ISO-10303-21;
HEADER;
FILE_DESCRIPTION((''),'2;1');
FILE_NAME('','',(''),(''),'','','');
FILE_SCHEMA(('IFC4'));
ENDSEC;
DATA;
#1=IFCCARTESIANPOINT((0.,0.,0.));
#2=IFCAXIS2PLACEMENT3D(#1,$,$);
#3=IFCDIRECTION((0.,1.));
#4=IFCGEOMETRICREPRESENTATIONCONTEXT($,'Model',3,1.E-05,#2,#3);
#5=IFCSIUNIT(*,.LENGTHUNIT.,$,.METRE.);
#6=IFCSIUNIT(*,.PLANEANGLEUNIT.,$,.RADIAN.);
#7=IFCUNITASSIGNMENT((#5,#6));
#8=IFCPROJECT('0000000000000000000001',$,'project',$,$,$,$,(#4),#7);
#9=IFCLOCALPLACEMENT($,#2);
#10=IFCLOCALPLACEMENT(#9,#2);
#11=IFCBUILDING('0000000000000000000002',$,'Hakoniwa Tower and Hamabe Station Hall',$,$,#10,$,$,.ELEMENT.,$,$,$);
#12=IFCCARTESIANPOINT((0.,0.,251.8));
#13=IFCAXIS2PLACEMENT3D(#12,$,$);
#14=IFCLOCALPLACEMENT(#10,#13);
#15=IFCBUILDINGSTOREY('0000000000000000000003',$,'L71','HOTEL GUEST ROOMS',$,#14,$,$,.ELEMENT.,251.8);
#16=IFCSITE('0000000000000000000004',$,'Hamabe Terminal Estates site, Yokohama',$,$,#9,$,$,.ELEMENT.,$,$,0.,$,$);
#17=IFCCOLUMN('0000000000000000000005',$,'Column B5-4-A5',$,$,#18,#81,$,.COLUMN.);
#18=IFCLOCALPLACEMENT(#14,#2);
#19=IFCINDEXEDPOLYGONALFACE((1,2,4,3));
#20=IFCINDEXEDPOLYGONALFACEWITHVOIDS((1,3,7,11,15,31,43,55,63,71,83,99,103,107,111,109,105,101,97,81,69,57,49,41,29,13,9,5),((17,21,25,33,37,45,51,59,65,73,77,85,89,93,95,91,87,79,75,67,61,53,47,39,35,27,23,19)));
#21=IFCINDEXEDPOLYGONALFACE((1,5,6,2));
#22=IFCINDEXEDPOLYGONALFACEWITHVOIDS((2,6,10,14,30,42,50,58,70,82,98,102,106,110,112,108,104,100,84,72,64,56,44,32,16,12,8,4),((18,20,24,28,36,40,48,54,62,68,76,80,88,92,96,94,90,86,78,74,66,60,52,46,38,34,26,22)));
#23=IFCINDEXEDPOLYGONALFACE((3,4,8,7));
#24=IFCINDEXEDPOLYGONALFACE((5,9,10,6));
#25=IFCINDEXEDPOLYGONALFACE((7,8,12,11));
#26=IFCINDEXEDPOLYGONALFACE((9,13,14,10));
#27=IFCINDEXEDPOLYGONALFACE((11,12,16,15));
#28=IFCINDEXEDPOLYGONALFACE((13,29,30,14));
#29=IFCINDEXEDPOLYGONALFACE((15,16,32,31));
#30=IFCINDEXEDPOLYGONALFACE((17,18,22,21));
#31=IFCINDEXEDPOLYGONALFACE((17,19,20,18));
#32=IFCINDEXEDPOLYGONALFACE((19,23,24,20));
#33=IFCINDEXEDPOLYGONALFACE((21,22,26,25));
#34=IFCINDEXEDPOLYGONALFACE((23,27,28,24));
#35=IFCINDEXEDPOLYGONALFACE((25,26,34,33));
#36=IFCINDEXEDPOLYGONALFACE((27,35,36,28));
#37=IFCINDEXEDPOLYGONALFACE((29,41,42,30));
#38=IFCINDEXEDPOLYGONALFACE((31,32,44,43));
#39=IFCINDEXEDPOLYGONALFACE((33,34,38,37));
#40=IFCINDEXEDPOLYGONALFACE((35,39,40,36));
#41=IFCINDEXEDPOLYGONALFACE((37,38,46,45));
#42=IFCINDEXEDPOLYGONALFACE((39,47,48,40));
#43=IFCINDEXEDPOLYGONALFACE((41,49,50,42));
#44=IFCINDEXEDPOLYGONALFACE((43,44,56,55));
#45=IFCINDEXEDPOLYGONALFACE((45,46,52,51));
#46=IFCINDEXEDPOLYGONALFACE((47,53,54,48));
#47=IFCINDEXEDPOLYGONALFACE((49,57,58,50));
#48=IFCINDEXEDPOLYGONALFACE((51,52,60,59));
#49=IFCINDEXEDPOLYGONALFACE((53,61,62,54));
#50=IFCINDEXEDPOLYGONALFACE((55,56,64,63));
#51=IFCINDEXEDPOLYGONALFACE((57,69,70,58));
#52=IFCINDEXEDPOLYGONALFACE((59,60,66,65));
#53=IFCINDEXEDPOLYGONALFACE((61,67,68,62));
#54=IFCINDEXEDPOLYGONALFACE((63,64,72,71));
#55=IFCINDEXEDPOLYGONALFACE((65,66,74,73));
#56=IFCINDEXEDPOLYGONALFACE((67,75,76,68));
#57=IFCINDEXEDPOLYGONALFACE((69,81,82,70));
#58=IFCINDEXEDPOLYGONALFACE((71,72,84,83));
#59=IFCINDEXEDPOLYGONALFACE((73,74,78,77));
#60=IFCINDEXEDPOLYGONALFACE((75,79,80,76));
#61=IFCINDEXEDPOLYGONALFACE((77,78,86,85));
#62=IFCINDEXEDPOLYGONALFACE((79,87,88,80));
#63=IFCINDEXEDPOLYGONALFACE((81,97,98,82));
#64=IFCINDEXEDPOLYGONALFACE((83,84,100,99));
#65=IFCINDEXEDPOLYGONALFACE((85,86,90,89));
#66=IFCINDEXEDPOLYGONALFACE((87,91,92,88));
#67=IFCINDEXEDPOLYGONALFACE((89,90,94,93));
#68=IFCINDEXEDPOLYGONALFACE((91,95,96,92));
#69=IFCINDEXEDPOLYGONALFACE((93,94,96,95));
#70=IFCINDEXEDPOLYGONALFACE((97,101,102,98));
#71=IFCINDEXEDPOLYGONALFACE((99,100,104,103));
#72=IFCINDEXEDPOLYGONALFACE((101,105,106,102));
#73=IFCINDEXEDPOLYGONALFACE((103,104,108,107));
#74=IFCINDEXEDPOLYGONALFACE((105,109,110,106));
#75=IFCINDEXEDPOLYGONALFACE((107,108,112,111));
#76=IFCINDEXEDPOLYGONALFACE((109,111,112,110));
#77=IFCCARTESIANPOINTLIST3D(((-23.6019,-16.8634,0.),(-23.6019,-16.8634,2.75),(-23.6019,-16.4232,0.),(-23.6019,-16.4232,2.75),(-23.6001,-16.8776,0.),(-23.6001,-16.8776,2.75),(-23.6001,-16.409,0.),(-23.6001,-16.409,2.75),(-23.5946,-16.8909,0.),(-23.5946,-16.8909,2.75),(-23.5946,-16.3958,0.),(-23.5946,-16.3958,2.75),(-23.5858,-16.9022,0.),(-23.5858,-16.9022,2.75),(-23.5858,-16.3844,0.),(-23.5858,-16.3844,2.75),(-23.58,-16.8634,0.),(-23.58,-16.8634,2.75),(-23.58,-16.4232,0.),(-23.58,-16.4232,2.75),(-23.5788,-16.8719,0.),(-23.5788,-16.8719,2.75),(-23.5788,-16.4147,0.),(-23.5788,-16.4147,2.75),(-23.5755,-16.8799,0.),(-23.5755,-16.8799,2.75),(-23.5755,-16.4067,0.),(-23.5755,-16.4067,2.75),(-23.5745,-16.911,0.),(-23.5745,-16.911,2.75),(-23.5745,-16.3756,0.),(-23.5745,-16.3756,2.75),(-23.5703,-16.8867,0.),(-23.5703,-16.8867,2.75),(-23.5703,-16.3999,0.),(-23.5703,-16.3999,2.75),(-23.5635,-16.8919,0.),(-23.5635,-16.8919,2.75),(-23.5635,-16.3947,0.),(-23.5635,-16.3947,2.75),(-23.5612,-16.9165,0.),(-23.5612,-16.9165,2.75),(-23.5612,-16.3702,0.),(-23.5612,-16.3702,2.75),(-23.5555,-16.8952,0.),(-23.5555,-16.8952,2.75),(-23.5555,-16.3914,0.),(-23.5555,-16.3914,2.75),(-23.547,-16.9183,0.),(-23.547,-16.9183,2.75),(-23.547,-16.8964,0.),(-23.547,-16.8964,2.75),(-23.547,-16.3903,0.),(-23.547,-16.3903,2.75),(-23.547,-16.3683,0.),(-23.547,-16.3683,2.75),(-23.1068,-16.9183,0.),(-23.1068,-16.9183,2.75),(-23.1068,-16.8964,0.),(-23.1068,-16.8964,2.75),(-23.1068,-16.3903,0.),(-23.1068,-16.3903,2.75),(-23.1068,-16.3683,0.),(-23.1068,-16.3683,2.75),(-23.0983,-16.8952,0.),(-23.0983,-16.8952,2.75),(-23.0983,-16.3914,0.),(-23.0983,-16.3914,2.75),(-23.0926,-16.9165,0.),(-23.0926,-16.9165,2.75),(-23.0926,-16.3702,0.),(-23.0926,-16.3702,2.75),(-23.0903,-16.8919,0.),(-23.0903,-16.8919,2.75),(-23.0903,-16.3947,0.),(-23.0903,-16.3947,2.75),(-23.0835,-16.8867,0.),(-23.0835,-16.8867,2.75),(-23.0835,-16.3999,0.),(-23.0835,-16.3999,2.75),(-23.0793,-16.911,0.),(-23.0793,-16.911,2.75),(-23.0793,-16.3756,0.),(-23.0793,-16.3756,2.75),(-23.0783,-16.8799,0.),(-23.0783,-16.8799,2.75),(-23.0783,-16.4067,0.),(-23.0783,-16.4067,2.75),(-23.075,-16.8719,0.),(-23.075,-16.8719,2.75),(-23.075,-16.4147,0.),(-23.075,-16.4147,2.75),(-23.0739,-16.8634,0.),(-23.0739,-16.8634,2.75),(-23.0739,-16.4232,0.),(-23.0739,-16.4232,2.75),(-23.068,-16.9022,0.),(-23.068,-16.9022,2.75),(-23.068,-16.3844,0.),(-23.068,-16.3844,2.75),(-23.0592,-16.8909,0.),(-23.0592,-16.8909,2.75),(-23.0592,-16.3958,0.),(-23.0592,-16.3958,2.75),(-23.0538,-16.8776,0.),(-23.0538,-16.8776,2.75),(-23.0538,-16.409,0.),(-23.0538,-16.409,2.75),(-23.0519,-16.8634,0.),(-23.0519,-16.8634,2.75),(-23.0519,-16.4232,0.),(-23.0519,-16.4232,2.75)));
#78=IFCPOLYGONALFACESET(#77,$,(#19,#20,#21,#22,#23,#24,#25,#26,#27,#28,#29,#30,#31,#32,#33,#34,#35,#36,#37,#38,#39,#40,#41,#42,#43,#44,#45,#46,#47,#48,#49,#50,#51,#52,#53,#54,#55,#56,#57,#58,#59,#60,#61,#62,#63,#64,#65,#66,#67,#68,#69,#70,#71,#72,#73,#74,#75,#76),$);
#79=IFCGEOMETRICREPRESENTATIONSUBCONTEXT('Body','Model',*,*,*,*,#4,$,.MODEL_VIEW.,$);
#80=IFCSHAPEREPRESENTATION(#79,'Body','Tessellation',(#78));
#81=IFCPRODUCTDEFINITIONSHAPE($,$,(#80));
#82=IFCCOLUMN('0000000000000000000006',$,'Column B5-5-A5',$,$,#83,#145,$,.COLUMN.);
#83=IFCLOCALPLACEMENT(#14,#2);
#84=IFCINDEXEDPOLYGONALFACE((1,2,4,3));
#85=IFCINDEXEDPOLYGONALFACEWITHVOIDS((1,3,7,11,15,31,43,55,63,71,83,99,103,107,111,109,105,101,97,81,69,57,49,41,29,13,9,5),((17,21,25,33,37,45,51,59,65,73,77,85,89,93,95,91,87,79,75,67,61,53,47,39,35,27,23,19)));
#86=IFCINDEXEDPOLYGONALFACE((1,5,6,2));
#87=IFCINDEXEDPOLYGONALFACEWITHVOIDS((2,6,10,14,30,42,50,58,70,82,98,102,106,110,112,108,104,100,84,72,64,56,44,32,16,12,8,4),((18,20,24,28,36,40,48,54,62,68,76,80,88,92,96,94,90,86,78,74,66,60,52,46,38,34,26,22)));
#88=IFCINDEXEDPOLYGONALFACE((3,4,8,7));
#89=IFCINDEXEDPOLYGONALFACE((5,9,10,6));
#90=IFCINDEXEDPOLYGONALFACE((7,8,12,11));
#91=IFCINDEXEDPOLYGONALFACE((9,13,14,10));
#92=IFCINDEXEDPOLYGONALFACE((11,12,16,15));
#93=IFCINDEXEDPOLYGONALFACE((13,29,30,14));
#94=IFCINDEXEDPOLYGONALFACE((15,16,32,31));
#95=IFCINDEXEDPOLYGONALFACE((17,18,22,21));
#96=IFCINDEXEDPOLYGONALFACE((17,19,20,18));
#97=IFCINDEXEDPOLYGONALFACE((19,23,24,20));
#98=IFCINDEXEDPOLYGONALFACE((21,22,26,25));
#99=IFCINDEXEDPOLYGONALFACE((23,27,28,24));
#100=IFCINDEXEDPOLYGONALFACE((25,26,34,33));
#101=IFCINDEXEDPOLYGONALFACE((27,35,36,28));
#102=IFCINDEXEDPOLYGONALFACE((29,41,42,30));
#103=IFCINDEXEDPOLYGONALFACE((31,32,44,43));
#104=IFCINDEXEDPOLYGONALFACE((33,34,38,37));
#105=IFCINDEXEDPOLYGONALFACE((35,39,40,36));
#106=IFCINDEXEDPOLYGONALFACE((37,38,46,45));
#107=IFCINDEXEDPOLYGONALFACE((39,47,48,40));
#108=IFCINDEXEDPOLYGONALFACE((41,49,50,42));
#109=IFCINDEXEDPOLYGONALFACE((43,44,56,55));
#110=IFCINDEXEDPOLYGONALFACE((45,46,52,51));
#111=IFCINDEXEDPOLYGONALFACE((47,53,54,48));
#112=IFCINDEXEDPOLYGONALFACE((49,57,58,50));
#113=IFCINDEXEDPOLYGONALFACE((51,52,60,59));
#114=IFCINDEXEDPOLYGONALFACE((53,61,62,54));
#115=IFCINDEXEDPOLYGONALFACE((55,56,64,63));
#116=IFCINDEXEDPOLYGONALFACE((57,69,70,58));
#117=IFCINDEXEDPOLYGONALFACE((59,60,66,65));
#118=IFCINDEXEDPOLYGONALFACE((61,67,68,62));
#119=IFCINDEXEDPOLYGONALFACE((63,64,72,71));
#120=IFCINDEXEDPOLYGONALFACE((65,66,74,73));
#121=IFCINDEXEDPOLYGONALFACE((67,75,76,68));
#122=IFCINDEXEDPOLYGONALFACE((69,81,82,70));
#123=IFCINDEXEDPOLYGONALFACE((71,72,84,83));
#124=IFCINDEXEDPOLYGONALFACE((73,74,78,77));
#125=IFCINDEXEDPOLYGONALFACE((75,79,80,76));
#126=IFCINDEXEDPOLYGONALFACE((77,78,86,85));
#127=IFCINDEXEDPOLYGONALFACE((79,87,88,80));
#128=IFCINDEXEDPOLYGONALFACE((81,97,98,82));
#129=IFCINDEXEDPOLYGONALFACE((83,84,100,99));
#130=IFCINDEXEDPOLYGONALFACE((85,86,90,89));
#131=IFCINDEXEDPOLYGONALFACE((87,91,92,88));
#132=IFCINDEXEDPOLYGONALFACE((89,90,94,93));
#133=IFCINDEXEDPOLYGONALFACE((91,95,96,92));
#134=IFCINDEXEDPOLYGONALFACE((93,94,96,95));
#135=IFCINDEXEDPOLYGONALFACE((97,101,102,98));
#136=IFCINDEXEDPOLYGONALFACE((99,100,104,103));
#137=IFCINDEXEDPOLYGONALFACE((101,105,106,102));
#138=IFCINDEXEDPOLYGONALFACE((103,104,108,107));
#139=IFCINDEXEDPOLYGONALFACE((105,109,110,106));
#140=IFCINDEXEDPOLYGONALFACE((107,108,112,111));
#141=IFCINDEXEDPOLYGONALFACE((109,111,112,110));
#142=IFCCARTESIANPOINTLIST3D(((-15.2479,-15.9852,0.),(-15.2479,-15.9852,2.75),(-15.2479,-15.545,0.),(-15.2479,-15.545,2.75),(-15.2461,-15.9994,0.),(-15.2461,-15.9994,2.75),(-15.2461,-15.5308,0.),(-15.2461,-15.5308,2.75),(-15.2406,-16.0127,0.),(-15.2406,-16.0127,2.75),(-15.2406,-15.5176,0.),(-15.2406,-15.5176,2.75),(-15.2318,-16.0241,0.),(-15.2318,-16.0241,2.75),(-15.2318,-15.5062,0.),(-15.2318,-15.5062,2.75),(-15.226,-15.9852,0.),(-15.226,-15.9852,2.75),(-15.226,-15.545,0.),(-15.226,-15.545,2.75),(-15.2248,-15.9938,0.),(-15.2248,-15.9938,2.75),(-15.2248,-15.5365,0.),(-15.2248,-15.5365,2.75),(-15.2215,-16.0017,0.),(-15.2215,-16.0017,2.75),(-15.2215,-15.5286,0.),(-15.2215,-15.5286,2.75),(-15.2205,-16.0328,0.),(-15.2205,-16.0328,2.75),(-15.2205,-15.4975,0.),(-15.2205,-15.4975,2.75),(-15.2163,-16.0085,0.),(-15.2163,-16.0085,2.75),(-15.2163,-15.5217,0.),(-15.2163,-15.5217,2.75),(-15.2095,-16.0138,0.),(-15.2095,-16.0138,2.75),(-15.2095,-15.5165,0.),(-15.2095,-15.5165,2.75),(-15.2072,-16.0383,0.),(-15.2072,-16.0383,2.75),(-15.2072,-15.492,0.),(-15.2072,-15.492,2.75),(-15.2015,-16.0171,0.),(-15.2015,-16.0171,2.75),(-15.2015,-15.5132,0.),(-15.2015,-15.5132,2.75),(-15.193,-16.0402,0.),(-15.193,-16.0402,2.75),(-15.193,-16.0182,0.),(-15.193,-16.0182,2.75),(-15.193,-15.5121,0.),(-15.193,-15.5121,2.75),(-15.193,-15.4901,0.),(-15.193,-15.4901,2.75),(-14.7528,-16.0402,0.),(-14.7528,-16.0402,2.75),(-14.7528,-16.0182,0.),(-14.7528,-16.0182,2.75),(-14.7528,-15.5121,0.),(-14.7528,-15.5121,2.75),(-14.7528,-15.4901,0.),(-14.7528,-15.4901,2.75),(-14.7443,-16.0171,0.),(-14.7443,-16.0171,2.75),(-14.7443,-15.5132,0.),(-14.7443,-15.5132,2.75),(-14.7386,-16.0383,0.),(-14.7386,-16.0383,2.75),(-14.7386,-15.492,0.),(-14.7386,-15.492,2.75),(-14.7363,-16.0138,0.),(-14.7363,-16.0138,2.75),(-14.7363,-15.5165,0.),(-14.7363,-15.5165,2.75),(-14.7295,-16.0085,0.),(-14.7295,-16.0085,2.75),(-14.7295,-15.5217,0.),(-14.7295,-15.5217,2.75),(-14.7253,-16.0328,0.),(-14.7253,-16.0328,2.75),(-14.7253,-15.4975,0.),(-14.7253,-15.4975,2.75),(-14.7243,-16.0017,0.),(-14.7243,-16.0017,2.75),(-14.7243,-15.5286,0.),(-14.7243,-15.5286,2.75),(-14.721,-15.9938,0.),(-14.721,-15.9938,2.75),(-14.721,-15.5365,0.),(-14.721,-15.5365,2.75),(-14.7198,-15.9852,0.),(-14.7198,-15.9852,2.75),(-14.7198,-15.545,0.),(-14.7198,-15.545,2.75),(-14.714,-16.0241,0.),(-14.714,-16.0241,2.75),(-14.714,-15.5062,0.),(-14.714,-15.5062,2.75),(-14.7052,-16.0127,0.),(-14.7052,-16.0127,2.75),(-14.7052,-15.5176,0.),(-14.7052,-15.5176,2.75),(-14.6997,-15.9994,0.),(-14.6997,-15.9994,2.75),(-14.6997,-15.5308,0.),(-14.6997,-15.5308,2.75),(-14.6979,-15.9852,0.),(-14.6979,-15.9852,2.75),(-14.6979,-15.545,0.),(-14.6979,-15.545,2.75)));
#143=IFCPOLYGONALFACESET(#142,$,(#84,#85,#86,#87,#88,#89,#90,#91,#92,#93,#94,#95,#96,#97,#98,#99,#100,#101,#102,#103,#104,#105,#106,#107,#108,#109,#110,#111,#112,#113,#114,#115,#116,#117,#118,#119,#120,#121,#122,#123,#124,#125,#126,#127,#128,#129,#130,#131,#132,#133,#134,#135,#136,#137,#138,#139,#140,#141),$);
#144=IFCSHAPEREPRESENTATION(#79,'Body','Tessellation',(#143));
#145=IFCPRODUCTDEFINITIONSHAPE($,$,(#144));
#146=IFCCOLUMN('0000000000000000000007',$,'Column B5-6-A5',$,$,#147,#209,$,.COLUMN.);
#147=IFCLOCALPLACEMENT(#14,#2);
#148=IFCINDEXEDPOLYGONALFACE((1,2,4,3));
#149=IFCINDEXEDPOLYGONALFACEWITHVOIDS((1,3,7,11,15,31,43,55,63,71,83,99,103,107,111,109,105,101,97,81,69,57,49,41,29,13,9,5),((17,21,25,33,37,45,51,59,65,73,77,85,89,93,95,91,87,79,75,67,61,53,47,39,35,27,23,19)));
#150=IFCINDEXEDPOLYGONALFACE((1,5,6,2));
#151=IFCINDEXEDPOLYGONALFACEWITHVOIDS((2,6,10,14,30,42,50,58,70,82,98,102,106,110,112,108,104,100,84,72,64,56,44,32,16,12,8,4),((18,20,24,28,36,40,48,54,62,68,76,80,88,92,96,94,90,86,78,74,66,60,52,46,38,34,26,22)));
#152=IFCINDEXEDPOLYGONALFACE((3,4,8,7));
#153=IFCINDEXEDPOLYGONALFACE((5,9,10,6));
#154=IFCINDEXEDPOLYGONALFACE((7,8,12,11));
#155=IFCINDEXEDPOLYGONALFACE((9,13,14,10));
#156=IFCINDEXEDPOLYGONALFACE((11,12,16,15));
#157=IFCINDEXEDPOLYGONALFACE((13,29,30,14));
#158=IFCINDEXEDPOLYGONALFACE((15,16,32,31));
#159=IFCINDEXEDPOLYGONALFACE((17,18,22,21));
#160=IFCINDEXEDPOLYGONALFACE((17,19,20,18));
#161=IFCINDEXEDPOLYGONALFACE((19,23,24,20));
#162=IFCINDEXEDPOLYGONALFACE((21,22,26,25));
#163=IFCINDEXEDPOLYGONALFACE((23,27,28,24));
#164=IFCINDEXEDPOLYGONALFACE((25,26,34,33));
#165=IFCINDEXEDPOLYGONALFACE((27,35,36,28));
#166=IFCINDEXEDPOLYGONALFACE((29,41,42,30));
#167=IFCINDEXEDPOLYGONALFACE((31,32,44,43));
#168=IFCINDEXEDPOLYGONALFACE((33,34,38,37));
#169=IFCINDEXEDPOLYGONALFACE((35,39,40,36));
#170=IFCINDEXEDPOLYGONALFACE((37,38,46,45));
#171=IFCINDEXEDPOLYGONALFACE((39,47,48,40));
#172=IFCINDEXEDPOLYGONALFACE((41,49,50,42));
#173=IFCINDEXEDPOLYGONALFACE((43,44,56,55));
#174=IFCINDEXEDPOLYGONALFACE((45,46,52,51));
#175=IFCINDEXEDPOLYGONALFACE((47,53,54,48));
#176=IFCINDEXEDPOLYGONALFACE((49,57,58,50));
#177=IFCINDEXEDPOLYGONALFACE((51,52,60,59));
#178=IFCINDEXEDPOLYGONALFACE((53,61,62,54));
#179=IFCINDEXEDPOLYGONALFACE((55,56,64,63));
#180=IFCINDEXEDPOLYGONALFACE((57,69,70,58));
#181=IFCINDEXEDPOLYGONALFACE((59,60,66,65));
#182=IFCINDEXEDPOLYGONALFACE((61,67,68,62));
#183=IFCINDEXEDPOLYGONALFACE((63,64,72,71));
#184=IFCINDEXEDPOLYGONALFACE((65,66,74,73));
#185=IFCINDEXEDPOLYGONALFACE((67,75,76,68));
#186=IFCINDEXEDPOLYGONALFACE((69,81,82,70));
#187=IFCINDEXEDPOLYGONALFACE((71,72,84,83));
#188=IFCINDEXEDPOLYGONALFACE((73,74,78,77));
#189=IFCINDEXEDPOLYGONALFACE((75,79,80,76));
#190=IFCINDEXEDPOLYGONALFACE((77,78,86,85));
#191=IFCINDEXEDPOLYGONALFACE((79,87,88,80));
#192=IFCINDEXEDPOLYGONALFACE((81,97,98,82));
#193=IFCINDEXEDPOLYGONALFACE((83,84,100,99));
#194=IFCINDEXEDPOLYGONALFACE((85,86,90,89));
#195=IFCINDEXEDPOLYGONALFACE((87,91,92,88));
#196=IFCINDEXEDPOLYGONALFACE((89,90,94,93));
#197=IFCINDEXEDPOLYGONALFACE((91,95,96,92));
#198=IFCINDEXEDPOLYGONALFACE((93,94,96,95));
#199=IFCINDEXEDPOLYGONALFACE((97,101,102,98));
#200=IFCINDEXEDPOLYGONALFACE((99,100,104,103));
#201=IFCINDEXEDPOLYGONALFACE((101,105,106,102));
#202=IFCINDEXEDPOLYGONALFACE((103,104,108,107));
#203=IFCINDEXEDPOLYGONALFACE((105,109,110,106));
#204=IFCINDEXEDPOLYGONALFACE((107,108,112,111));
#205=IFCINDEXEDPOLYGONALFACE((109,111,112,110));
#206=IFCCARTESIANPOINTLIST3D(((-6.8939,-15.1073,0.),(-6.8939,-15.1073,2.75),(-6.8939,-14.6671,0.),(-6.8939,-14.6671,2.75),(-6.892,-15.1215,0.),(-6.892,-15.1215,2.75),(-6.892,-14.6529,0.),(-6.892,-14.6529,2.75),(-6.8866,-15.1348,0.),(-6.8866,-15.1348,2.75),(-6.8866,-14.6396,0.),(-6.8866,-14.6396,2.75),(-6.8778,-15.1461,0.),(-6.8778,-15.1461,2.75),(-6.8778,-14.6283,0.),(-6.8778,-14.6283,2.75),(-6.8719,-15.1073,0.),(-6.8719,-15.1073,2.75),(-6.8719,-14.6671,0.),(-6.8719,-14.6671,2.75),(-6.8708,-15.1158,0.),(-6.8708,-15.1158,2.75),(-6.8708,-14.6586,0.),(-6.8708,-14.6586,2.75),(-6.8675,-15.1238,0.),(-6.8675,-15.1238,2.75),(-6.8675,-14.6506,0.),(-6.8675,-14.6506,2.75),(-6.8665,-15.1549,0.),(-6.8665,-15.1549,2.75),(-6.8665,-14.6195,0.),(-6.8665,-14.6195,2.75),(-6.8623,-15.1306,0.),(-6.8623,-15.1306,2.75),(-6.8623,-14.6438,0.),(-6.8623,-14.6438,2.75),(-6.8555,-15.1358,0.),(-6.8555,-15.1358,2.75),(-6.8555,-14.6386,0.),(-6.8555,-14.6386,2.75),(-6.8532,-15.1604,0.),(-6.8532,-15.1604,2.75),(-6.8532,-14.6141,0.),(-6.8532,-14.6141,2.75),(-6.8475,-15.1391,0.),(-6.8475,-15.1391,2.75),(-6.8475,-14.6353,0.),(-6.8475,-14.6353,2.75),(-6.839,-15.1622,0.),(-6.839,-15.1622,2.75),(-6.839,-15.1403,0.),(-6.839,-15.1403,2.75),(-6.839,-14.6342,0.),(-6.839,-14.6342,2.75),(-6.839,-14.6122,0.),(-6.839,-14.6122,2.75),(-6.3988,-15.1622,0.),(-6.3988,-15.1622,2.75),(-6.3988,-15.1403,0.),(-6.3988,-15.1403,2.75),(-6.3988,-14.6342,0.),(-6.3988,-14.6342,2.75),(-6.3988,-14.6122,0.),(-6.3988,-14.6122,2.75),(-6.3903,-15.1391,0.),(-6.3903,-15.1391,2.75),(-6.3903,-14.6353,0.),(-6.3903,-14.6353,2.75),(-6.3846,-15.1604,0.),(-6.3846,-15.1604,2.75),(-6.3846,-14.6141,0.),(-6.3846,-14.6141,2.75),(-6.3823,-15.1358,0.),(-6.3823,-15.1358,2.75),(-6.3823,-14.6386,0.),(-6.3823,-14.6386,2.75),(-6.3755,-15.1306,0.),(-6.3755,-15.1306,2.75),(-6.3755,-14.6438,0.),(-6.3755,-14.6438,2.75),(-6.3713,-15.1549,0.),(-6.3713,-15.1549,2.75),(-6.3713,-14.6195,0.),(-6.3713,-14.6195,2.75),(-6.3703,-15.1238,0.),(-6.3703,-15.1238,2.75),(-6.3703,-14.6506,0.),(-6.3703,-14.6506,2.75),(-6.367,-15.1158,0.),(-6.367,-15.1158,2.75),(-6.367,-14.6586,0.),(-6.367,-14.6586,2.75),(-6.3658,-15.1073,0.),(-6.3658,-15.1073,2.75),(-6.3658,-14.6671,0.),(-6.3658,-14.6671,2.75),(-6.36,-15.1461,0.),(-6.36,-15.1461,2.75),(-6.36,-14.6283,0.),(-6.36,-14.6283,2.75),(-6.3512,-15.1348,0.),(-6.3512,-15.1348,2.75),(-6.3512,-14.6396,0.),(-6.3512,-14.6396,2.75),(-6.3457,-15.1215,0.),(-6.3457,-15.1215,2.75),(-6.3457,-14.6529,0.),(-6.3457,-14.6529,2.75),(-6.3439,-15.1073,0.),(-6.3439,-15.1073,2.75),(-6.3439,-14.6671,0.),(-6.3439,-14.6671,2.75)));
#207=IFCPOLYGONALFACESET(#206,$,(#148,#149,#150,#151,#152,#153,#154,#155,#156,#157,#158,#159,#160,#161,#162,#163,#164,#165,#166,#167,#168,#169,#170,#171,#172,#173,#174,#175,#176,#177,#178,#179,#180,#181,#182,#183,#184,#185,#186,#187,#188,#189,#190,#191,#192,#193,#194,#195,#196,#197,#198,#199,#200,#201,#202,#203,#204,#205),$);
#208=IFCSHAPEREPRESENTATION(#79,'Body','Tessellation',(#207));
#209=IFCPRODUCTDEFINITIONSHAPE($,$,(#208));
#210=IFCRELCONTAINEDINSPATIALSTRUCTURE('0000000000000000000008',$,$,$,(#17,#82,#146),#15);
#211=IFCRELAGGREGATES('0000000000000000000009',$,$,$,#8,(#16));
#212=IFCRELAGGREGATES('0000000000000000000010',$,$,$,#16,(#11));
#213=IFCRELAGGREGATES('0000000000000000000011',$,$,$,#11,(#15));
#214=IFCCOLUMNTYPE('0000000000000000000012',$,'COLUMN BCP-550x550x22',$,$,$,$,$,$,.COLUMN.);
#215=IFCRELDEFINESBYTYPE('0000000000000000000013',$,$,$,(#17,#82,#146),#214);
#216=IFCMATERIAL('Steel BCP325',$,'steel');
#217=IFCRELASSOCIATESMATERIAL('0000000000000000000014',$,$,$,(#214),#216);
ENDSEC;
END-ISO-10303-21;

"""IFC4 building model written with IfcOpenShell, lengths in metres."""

from ifc_helpers import new_model, si_unit, direction, frame, origin, origin_2d, place, context, subcontext, project, spatial, hollow_rectangle, extrude, material, material_profile, profile_set, type_object, element, save


model = new_model("IFC4")

# Units and contexts
model_context = context("Model", 3, precision=1e-05, world=origin(), true_north=direction((0.0, 1.0)))
body_context = subcontext(model_context, "Body", "Model", "MODEL_VIEW")
ifc_project = project(units=[si_unit("LENGTHUNIT", "METRE"), si_unit("PLANEANGLEUNIT", "RADIAN")], contexts=[model_context])

# Site, building, storey
site_placement = place(None, origin())
site = spatial("IfcSite", under=ifc_project, at=site_placement, Name="Hamabe Terminal Estates site, Yokohama", CompositionType="ELEMENT", RefElevation=0.0)
building_placement = place(site_placement, origin())
building = spatial("IfcBuilding", under=site, at=building_placement, Name="Hakoniwa Tower and Hamabe Station Hall", CompositionType="ELEMENT")
storey_placement = place(building_placement, frame((0.0, 0.0, 251.8)))
storey = spatial("IfcBuildingStorey", under=building, at=storey_placement, Name="L71", Description="HOTEL GUEST ROOMS", CompositionType="ELEMENT", Elevation=251.8)

# Columns
ifc_material_1 = material(Name="Steel BCP325", Category="steel")
ifc_material_profile_1 = material_profile(ifc_material_1, hollow_rectangle(XDim=0.55, YDim=0.55, WallThickness=0.022, InnerFilletRadius=0.033, OuterFilletRadius=0.0549, at=origin_2d()), Name="BCP-550x550x22")
ifc_profile_set_1 = profile_set([ifc_material_profile_1], Name="Steel BCP325")
column_type_1 = type_object("IfcColumnType", Name="COLUMN BCP-550x550x22", PredefinedType="COLUMN", material=ifc_profile_set_1)
for number, where, z_axis, x_axis, name in (
    (1, (-23.3269, -16.6433, 0.0), (0.0, 0.0, 1.0), (1.0, 0.0, 0.0), "Column B5-4-A5"),
    (2, (-14.9729, -15.7651, 0.0), (0.0, 0.0, 1.0), (1.0, 0.0, 0.0), "Column B5-5-A5"),
    (3, (-6.6189, -14.8872, 0.0), (0.0, 0.0, 1.0), (1.0, 0.0, 0.0), "Column B5-6-A5"),
):
    element("IfcColumn", number, at=place(storey_placement, frame(where, z_axis=z_axis, x_axis=x_axis)), inside=storey, type_object=column_type_1, Name=name, PredefinedType="COLUMN", context=body_context, shape_type="SweptSolid", body=[
        extrude(hollow_rectangle(XDim=0.55, YDim=0.55, WallThickness=0.022, InnerFilletRadius=0.033, OuterFilletRadius=0.0549, at=origin_2d()), origin(), (0.0, 0.0, 1.0), 2.75),
    ])

save(model, "model.ifc")
